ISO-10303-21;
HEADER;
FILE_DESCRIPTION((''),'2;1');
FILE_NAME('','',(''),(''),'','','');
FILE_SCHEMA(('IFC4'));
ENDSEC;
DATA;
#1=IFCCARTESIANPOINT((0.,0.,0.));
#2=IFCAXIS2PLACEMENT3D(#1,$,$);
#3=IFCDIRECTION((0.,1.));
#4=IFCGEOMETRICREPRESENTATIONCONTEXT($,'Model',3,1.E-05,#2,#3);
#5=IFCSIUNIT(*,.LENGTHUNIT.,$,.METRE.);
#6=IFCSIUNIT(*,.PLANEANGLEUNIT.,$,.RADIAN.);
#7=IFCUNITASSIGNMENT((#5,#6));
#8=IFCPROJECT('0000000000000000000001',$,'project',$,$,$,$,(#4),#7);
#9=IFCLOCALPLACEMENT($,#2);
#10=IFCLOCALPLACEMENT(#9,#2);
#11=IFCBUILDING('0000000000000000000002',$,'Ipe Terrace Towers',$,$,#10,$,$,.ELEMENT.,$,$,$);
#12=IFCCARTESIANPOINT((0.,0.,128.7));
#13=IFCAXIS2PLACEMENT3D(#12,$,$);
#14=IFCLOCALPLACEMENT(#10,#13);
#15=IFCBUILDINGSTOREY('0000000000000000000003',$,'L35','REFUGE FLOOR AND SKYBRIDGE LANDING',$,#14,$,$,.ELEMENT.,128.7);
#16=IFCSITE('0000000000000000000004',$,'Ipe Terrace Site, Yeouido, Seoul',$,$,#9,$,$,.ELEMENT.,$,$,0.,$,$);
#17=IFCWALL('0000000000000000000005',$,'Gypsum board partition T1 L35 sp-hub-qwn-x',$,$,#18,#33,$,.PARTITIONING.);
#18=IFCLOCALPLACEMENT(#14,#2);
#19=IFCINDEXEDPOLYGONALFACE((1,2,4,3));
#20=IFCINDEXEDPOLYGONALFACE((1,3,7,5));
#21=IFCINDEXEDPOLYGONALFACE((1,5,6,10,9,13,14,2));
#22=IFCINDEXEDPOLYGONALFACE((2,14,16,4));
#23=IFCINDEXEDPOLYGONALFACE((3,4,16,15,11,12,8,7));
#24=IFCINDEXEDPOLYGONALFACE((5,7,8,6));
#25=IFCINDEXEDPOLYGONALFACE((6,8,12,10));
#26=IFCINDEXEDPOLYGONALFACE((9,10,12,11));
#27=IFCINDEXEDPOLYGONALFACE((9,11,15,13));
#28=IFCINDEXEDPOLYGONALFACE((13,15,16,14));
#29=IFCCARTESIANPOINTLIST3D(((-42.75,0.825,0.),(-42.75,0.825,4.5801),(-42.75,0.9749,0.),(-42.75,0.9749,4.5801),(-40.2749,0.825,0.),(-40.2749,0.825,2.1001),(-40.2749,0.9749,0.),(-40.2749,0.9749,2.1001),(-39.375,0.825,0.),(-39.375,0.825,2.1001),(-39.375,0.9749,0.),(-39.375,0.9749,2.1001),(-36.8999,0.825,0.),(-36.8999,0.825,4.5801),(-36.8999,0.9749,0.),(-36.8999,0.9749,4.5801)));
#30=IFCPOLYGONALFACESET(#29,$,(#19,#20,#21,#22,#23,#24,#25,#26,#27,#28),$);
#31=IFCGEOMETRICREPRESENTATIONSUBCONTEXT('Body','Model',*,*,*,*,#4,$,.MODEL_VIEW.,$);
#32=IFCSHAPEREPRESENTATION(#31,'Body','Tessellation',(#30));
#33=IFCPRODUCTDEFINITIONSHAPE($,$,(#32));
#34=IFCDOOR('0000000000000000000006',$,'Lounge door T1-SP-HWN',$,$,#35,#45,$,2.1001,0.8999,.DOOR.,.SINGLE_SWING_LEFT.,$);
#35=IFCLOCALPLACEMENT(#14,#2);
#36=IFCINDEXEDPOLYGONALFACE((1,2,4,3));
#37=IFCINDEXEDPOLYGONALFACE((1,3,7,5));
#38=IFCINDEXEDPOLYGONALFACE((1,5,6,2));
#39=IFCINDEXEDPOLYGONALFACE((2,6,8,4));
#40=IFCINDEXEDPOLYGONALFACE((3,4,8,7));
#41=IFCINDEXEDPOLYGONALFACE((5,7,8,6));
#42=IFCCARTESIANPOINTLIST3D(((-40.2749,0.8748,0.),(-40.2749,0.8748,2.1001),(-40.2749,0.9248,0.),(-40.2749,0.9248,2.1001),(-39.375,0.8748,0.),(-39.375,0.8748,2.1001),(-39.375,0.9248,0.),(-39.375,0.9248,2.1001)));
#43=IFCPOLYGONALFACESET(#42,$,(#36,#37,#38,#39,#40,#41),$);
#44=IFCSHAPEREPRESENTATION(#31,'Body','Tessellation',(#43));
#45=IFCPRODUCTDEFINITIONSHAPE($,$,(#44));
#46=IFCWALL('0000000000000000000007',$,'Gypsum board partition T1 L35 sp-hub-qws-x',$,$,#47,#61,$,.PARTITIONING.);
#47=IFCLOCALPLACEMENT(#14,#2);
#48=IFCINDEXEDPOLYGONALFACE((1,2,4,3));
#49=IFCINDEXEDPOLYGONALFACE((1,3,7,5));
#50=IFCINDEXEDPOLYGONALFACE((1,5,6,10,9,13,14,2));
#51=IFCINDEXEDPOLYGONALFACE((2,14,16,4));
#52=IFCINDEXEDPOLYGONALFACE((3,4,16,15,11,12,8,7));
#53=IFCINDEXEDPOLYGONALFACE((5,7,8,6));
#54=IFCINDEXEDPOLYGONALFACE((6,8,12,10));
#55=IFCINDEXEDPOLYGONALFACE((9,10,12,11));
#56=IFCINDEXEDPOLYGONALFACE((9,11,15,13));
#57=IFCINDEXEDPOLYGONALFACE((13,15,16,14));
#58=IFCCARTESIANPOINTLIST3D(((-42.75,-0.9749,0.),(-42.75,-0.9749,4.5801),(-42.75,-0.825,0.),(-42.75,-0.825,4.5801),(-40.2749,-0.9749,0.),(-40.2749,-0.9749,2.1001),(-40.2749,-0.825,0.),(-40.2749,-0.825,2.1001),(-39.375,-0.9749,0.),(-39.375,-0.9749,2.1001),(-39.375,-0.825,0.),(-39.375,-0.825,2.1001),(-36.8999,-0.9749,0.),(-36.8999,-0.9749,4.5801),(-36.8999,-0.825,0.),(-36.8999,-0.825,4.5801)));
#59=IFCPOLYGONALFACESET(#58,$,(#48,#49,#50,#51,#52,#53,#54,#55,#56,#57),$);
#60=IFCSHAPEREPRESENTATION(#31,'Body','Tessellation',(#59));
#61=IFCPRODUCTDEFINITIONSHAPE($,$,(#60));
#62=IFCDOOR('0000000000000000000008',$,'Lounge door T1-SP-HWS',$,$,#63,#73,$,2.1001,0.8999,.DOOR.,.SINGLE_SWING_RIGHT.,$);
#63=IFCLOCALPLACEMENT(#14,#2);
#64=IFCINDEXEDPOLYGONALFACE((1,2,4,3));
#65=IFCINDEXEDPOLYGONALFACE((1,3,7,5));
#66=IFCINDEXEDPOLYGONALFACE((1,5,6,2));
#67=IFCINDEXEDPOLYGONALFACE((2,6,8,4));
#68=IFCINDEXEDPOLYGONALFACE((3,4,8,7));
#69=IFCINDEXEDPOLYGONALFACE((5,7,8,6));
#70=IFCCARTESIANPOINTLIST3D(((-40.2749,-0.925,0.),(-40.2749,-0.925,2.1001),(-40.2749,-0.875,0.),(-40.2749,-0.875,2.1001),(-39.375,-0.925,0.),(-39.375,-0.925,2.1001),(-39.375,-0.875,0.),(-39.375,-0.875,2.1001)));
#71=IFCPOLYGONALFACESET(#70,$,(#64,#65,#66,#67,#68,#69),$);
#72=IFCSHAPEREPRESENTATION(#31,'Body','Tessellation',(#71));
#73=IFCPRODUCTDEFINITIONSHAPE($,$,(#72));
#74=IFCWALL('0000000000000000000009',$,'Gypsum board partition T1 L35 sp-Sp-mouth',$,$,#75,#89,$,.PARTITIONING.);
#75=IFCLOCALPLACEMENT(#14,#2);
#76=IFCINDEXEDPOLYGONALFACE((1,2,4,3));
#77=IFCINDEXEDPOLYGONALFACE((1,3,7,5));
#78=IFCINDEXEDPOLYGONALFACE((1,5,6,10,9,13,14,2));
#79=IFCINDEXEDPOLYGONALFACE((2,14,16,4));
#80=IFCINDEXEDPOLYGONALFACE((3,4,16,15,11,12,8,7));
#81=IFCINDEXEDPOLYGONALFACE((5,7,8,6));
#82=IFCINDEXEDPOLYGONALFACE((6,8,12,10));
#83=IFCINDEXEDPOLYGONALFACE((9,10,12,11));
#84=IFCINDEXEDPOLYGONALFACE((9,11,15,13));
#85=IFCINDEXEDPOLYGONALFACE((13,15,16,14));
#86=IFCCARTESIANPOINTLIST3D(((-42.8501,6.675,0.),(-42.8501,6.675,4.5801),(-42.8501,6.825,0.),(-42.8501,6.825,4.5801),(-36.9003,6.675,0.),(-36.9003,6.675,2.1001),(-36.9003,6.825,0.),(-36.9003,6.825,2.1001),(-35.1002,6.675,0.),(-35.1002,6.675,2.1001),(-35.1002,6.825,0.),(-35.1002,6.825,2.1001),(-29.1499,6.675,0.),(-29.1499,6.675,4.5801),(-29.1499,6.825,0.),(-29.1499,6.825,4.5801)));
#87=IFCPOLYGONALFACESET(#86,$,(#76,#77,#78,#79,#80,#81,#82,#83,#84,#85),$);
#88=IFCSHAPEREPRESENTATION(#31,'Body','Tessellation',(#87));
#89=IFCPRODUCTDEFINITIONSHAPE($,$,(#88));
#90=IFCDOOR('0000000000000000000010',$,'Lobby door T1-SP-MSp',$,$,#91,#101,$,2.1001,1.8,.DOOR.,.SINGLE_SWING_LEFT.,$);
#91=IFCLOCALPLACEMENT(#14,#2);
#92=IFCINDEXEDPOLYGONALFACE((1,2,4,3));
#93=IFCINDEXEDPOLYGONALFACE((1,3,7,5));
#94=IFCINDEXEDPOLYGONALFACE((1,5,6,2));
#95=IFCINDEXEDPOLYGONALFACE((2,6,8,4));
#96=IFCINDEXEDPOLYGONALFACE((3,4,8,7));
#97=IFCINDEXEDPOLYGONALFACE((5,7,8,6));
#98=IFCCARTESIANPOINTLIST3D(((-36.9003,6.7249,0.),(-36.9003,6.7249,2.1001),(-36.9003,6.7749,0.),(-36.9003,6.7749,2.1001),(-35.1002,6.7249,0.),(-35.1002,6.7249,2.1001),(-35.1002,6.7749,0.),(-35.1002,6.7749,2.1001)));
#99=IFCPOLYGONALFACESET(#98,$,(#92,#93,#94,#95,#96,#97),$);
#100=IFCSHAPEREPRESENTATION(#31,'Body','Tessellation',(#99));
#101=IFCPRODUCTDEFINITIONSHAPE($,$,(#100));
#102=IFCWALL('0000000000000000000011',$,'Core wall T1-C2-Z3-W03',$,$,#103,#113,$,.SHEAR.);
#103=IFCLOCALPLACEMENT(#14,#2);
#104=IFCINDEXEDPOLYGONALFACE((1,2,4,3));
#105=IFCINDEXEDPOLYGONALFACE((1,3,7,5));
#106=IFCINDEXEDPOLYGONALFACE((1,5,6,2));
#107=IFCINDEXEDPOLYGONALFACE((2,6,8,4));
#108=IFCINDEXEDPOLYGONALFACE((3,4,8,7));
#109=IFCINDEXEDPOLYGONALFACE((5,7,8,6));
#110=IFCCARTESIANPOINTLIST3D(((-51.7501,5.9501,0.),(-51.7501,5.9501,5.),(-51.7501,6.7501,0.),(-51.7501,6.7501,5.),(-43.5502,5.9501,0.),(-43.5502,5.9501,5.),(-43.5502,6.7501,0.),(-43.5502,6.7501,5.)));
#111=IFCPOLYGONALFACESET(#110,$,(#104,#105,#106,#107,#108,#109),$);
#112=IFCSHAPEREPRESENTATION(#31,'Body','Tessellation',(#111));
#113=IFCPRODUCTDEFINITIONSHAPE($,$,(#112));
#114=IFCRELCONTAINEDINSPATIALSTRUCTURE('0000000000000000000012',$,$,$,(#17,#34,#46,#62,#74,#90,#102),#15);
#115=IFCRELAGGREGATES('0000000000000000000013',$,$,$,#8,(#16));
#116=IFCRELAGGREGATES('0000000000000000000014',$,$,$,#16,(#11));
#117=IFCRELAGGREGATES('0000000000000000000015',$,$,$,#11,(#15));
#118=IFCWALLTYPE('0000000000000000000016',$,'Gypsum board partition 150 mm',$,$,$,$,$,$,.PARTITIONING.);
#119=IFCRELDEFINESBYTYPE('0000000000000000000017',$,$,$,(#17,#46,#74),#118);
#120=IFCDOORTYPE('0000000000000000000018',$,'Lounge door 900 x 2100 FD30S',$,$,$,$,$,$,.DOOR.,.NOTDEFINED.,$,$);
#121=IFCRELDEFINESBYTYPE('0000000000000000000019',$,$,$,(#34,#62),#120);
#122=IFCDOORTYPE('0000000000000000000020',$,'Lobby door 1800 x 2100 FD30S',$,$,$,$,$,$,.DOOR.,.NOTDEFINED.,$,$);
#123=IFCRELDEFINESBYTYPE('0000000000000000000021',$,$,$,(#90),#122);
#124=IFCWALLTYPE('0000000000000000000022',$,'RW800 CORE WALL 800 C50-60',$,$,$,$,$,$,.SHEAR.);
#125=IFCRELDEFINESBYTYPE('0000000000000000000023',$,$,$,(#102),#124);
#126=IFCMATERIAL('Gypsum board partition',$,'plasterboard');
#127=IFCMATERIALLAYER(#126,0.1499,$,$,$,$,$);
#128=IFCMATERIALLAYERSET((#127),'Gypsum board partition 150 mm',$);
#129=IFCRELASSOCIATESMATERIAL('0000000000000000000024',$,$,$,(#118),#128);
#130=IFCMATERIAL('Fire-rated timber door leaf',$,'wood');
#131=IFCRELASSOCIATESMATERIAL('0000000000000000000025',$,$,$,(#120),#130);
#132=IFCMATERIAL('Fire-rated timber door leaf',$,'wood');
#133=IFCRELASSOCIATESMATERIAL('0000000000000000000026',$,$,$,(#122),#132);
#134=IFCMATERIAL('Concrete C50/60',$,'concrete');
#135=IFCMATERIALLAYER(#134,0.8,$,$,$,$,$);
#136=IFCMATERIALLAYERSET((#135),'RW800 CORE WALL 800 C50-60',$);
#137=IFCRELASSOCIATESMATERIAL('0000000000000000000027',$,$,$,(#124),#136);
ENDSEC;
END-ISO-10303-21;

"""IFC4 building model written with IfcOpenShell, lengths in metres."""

from ifc_helpers import new_model, si_unit, direction, frame, frame_2d, origin, place, context, subcontext, project, spatial, rectangle, extrude, material, layer, layer_set, type_object, element, fill, save


model = new_model("IFC4")

# Units and contexts
model_context = context("Model", 3, precision=1e-05, world=origin(), true_north=direction((0.0, 1.0)))
body_context = subcontext(model_context, "Body", "Model", "MODEL_VIEW")
ifc_project = project(units=[si_unit("LENGTHUNIT", "METRE"), si_unit("PLANEANGLEUNIT", "RADIAN")], contexts=[model_context])

# Site, building, storey
site_placement = place(None, origin())
site = spatial("IfcSite", under=ifc_project, at=site_placement, Name="Ipe Terrace Site, Yeouido, Seoul", CompositionType="ELEMENT", RefElevation=0.0)
building_placement = place(site_placement, origin())
building = spatial("IfcBuilding", under=site, at=building_placement, Name="Ipe Terrace Towers", CompositionType="ELEMENT")
storey_placement = place(building_placement, frame((0.0, 0.0, 128.7)))
storey = spatial("IfcBuildingStorey", under=building, at=storey_placement, Name="L35", Description="REFUGE FLOOR AND SKYBRIDGE LANDING", CompositionType="ELEMENT", Elevation=128.7)

# Walls, openings, doors
ifc_material_1 = material(Name="Gypsum board partition", Category="plasterboard")
ifc_layer_1 = layer(ifc_material_1, 0.1499)
ifc_layer_set_1 = layer_set([ifc_layer_1], Name="Gypsum board partition 150 mm")
wall_type_1 = type_object("IfcWallType", Name="Gypsum board partition 150 mm", PredefinedType="PARTITIONING", material=ifc_layer_set_1)
wall_1_placement = place(storey_placement, frame((-42.75, 0.8999, 0.0), z_axis=(0.0, 0.0, 1.0), x_axis=(1.0, 0.0, 0.0)))
wall_1 = element("IfcWall", 1, at=wall_1_placement, inside=storey, type_object=wall_type_1, Name="Gypsum board partition T1 L35 sp-hub-qwn-x", PredefinedType="PARTITIONING", context=body_context, shape_type="SweptSolid", body=[
    extrude(rectangle(XDim=5.8501, YDim=0.1499, at=frame_2d((2.925, 0.0))), origin(), (0.0, 0.0, 1.0), 4.5801),
])
opening_1_placement = place(wall_1_placement, frame((2.4751, 0.0, 0.0)))
opening_1 = element("IfcOpeningElement", 2, at=opening_1_placement, cuts=wall_1, PredefinedType="OPENING", context=body_context, shape_type="SweptSolid", body=[
    extrude(rectangle(XDim=0.8999, YDim=2.1001, at=frame_2d((0.45, 1.05))), frame((0.0, 0.085, 0.0), z_axis=(0.0, -1.0, 0.0), x_axis=(1.0, 0.0, 0.0)), (0.0, 0.0, 1.0), 0.1699),
])
ifc_material_2 = material(Name="Fire-rated timber door leaf", Category="wood")
door_type_1 = type_object("IfcDoorType", Name="Lounge door 900 x 2100 FD30S", OperationType="NOTDEFINED", PredefinedType="DOOR", material=ifc_material_2)
door_1_placement = place(opening_1_placement, origin())
door_1 = element("IfcDoor", 3, at=door_1_placement, inside=storey, type_object=door_type_1, Name="Lounge door T1-SP-HWN", OperationType="SINGLE_SWING_LEFT", OverallHeight=2.1001, OverallWidth=0.8999, PredefinedType="DOOR", context=body_context, shape_type="SweptSolid", body=[
    extrude(rectangle(XDim=0.8999, YDim=2.1001, at=frame_2d((0.45, 1.05))), frame((0.0, 0.0249, 0.0), z_axis=(0.0, -1.0, 0.0), x_axis=(1.0, 0.0, 0.0)), (0.0, 0.0, 1.0), 0.05),
])
fill(opening_1, door_1)
wall_2_placement = place(storey_placement, frame((-42.75, -0.8999, 0.0), z_axis=(0.0, 0.0, 1.0), x_axis=(1.0, 0.0, 0.0)))
wall_2 = element("IfcWall", 4, at=wall_2_placement, inside=storey, type_object=wall_type_1, Name="Gypsum board partition T1 L35 sp-hub-qws-x", PredefinedType="PARTITIONING", context=body_context, shape_type="SweptSolid", body=[
    extrude(rectangle(XDim=5.8501, YDim=0.1499, at=frame_2d((2.925, 0.0))), origin(), (0.0, 0.0, 1.0), 4.5801),
])
opening_2_placement = place(wall_2_placement, frame((2.4751, 0.0, 0.0)))
opening_2 = element("IfcOpeningElement", 5, at=opening_2_placement, cuts=wall_2, PredefinedType="OPENING", context=body_context, shape_type="SweptSolid", body=[
    extrude(rectangle(XDim=0.8999, YDim=2.1001, at=frame_2d((0.45, 1.05))), frame((0.0, 0.085, 0.0), z_axis=(0.0, -1.0, 0.0), x_axis=(1.0, 0.0, 0.0)), (0.0, 0.0, 1.0), 0.1699),
])
door_2_placement = place(opening_2_placement, origin())
door_2 = element("IfcDoor", 6, at=door_2_placement, inside=storey, type_object=door_type_1, Name="Lounge door T1-SP-HWS", OperationType="SINGLE_SWING_RIGHT", OverallHeight=2.1001, OverallWidth=0.8999, PredefinedType="DOOR", context=body_context, shape_type="SweptSolid", body=[
    extrude(rectangle(XDim=0.8999, YDim=2.1001, at=frame_2d((0.45, 1.05))), frame((0.0, 0.0249, 0.0), z_axis=(0.0, -1.0, 0.0), x_axis=(1.0, 0.0, 0.0)), (0.0, 0.0, 1.0), 0.05),
])
fill(opening_2, door_2)
wall_3_placement = place(storey_placement, frame((-42.8501, 6.75, 0.0), z_axis=(0.0, 0.0, 1.0), x_axis=(1.0, 0.0, 0.0)))
wall_3 = element("IfcWall", 7, at=wall_3_placement, inside=storey, type_object=wall_type_1, Name="Gypsum board partition T1 L35 sp-Sp-mouth", PredefinedType="PARTITIONING", context=body_context, shape_type="SweptSolid", body=[
    extrude(rectangle(XDim=13.7002, YDim=0.1499, at=frame_2d((6.8501, 0.0))), origin(), (0.0, 0.0, 1.0), 4.5801),
])
opening_3_placement = place(wall_3_placement, frame((5.95, 0.0, 0.0)))
opening_3 = element("IfcOpeningElement", 8, at=opening_3_placement, cuts=wall_3, PredefinedType="OPENING", context=body_context, shape_type="SweptSolid", body=[
    extrude(rectangle(XDim=1.8, YDim=2.1001, at=frame_2d((0.8999, 1.05))), frame((0.0, 0.085, 0.0), z_axis=(0.0, -1.0, 0.0), x_axis=(1.0, 0.0, 0.0)), (0.0, 0.0, 1.0), 0.1699),
])
ifc_material_3 = material(Name="Fire-rated timber door leaf", Category="wood")
door_type_2 = type_object("IfcDoorType", Name="Lobby door 1800 x 2100 FD30S", OperationType="NOTDEFINED", PredefinedType="DOOR", material=ifc_material_3)
door_3_placement = place(opening_3_placement, origin())
door_3 = element("IfcDoor", 9, at=door_3_placement, inside=storey, type_object=door_type_2, Name="Lobby door T1-SP-MSp", OperationType="SINGLE_SWING_LEFT", OverallHeight=2.1001, OverallWidth=1.8, PredefinedType="DOOR", context=body_context, shape_type="SweptSolid", body=[
    extrude(rectangle(XDim=1.8, YDim=2.1001, at=frame_2d((0.8999, 1.05))), frame((0.0, 0.0249, 0.0), z_axis=(0.0, -1.0, 0.0), x_axis=(1.0, 0.0, 0.0)), (0.0, 0.0, 1.0), 0.05),
])
fill(opening_3, door_3)

# Wall
ifc_material_4 = material(Name="Concrete C50/60", Category="concrete")
ifc_layer_2 = layer(ifc_material_4, 0.8)
ifc_layer_set_2 = layer_set([ifc_layer_2], Name="RW800 CORE WALL 800 C50-60")
wall_type_2 = type_object("IfcWallType", Name="RW800 CORE WALL 800 C50-60", PredefinedType="SHEAR", material=ifc_layer_set_2)
wall_4_placement = place(storey_placement, frame((-43.55, 6.3501, 0.0), z_axis=(0.0, 0.0, 1.0), x_axis=(-1.0, 0.0, 0.0)))
element("IfcWall", 10, at=wall_4_placement, inside=storey, type_object=wall_type_2, Name="Core wall T1-C2-Z3-W03", PredefinedType="SHEAR", context=body_context, shape_type="SweptSolid", body=[
    extrude(rectangle(XDim=8.2, YDim=0.8, at=frame_2d((4.1001, 0.0))), origin(), (0.0, 0.0, 1.0), 5.0),
])

save(model, "model.ifc")
